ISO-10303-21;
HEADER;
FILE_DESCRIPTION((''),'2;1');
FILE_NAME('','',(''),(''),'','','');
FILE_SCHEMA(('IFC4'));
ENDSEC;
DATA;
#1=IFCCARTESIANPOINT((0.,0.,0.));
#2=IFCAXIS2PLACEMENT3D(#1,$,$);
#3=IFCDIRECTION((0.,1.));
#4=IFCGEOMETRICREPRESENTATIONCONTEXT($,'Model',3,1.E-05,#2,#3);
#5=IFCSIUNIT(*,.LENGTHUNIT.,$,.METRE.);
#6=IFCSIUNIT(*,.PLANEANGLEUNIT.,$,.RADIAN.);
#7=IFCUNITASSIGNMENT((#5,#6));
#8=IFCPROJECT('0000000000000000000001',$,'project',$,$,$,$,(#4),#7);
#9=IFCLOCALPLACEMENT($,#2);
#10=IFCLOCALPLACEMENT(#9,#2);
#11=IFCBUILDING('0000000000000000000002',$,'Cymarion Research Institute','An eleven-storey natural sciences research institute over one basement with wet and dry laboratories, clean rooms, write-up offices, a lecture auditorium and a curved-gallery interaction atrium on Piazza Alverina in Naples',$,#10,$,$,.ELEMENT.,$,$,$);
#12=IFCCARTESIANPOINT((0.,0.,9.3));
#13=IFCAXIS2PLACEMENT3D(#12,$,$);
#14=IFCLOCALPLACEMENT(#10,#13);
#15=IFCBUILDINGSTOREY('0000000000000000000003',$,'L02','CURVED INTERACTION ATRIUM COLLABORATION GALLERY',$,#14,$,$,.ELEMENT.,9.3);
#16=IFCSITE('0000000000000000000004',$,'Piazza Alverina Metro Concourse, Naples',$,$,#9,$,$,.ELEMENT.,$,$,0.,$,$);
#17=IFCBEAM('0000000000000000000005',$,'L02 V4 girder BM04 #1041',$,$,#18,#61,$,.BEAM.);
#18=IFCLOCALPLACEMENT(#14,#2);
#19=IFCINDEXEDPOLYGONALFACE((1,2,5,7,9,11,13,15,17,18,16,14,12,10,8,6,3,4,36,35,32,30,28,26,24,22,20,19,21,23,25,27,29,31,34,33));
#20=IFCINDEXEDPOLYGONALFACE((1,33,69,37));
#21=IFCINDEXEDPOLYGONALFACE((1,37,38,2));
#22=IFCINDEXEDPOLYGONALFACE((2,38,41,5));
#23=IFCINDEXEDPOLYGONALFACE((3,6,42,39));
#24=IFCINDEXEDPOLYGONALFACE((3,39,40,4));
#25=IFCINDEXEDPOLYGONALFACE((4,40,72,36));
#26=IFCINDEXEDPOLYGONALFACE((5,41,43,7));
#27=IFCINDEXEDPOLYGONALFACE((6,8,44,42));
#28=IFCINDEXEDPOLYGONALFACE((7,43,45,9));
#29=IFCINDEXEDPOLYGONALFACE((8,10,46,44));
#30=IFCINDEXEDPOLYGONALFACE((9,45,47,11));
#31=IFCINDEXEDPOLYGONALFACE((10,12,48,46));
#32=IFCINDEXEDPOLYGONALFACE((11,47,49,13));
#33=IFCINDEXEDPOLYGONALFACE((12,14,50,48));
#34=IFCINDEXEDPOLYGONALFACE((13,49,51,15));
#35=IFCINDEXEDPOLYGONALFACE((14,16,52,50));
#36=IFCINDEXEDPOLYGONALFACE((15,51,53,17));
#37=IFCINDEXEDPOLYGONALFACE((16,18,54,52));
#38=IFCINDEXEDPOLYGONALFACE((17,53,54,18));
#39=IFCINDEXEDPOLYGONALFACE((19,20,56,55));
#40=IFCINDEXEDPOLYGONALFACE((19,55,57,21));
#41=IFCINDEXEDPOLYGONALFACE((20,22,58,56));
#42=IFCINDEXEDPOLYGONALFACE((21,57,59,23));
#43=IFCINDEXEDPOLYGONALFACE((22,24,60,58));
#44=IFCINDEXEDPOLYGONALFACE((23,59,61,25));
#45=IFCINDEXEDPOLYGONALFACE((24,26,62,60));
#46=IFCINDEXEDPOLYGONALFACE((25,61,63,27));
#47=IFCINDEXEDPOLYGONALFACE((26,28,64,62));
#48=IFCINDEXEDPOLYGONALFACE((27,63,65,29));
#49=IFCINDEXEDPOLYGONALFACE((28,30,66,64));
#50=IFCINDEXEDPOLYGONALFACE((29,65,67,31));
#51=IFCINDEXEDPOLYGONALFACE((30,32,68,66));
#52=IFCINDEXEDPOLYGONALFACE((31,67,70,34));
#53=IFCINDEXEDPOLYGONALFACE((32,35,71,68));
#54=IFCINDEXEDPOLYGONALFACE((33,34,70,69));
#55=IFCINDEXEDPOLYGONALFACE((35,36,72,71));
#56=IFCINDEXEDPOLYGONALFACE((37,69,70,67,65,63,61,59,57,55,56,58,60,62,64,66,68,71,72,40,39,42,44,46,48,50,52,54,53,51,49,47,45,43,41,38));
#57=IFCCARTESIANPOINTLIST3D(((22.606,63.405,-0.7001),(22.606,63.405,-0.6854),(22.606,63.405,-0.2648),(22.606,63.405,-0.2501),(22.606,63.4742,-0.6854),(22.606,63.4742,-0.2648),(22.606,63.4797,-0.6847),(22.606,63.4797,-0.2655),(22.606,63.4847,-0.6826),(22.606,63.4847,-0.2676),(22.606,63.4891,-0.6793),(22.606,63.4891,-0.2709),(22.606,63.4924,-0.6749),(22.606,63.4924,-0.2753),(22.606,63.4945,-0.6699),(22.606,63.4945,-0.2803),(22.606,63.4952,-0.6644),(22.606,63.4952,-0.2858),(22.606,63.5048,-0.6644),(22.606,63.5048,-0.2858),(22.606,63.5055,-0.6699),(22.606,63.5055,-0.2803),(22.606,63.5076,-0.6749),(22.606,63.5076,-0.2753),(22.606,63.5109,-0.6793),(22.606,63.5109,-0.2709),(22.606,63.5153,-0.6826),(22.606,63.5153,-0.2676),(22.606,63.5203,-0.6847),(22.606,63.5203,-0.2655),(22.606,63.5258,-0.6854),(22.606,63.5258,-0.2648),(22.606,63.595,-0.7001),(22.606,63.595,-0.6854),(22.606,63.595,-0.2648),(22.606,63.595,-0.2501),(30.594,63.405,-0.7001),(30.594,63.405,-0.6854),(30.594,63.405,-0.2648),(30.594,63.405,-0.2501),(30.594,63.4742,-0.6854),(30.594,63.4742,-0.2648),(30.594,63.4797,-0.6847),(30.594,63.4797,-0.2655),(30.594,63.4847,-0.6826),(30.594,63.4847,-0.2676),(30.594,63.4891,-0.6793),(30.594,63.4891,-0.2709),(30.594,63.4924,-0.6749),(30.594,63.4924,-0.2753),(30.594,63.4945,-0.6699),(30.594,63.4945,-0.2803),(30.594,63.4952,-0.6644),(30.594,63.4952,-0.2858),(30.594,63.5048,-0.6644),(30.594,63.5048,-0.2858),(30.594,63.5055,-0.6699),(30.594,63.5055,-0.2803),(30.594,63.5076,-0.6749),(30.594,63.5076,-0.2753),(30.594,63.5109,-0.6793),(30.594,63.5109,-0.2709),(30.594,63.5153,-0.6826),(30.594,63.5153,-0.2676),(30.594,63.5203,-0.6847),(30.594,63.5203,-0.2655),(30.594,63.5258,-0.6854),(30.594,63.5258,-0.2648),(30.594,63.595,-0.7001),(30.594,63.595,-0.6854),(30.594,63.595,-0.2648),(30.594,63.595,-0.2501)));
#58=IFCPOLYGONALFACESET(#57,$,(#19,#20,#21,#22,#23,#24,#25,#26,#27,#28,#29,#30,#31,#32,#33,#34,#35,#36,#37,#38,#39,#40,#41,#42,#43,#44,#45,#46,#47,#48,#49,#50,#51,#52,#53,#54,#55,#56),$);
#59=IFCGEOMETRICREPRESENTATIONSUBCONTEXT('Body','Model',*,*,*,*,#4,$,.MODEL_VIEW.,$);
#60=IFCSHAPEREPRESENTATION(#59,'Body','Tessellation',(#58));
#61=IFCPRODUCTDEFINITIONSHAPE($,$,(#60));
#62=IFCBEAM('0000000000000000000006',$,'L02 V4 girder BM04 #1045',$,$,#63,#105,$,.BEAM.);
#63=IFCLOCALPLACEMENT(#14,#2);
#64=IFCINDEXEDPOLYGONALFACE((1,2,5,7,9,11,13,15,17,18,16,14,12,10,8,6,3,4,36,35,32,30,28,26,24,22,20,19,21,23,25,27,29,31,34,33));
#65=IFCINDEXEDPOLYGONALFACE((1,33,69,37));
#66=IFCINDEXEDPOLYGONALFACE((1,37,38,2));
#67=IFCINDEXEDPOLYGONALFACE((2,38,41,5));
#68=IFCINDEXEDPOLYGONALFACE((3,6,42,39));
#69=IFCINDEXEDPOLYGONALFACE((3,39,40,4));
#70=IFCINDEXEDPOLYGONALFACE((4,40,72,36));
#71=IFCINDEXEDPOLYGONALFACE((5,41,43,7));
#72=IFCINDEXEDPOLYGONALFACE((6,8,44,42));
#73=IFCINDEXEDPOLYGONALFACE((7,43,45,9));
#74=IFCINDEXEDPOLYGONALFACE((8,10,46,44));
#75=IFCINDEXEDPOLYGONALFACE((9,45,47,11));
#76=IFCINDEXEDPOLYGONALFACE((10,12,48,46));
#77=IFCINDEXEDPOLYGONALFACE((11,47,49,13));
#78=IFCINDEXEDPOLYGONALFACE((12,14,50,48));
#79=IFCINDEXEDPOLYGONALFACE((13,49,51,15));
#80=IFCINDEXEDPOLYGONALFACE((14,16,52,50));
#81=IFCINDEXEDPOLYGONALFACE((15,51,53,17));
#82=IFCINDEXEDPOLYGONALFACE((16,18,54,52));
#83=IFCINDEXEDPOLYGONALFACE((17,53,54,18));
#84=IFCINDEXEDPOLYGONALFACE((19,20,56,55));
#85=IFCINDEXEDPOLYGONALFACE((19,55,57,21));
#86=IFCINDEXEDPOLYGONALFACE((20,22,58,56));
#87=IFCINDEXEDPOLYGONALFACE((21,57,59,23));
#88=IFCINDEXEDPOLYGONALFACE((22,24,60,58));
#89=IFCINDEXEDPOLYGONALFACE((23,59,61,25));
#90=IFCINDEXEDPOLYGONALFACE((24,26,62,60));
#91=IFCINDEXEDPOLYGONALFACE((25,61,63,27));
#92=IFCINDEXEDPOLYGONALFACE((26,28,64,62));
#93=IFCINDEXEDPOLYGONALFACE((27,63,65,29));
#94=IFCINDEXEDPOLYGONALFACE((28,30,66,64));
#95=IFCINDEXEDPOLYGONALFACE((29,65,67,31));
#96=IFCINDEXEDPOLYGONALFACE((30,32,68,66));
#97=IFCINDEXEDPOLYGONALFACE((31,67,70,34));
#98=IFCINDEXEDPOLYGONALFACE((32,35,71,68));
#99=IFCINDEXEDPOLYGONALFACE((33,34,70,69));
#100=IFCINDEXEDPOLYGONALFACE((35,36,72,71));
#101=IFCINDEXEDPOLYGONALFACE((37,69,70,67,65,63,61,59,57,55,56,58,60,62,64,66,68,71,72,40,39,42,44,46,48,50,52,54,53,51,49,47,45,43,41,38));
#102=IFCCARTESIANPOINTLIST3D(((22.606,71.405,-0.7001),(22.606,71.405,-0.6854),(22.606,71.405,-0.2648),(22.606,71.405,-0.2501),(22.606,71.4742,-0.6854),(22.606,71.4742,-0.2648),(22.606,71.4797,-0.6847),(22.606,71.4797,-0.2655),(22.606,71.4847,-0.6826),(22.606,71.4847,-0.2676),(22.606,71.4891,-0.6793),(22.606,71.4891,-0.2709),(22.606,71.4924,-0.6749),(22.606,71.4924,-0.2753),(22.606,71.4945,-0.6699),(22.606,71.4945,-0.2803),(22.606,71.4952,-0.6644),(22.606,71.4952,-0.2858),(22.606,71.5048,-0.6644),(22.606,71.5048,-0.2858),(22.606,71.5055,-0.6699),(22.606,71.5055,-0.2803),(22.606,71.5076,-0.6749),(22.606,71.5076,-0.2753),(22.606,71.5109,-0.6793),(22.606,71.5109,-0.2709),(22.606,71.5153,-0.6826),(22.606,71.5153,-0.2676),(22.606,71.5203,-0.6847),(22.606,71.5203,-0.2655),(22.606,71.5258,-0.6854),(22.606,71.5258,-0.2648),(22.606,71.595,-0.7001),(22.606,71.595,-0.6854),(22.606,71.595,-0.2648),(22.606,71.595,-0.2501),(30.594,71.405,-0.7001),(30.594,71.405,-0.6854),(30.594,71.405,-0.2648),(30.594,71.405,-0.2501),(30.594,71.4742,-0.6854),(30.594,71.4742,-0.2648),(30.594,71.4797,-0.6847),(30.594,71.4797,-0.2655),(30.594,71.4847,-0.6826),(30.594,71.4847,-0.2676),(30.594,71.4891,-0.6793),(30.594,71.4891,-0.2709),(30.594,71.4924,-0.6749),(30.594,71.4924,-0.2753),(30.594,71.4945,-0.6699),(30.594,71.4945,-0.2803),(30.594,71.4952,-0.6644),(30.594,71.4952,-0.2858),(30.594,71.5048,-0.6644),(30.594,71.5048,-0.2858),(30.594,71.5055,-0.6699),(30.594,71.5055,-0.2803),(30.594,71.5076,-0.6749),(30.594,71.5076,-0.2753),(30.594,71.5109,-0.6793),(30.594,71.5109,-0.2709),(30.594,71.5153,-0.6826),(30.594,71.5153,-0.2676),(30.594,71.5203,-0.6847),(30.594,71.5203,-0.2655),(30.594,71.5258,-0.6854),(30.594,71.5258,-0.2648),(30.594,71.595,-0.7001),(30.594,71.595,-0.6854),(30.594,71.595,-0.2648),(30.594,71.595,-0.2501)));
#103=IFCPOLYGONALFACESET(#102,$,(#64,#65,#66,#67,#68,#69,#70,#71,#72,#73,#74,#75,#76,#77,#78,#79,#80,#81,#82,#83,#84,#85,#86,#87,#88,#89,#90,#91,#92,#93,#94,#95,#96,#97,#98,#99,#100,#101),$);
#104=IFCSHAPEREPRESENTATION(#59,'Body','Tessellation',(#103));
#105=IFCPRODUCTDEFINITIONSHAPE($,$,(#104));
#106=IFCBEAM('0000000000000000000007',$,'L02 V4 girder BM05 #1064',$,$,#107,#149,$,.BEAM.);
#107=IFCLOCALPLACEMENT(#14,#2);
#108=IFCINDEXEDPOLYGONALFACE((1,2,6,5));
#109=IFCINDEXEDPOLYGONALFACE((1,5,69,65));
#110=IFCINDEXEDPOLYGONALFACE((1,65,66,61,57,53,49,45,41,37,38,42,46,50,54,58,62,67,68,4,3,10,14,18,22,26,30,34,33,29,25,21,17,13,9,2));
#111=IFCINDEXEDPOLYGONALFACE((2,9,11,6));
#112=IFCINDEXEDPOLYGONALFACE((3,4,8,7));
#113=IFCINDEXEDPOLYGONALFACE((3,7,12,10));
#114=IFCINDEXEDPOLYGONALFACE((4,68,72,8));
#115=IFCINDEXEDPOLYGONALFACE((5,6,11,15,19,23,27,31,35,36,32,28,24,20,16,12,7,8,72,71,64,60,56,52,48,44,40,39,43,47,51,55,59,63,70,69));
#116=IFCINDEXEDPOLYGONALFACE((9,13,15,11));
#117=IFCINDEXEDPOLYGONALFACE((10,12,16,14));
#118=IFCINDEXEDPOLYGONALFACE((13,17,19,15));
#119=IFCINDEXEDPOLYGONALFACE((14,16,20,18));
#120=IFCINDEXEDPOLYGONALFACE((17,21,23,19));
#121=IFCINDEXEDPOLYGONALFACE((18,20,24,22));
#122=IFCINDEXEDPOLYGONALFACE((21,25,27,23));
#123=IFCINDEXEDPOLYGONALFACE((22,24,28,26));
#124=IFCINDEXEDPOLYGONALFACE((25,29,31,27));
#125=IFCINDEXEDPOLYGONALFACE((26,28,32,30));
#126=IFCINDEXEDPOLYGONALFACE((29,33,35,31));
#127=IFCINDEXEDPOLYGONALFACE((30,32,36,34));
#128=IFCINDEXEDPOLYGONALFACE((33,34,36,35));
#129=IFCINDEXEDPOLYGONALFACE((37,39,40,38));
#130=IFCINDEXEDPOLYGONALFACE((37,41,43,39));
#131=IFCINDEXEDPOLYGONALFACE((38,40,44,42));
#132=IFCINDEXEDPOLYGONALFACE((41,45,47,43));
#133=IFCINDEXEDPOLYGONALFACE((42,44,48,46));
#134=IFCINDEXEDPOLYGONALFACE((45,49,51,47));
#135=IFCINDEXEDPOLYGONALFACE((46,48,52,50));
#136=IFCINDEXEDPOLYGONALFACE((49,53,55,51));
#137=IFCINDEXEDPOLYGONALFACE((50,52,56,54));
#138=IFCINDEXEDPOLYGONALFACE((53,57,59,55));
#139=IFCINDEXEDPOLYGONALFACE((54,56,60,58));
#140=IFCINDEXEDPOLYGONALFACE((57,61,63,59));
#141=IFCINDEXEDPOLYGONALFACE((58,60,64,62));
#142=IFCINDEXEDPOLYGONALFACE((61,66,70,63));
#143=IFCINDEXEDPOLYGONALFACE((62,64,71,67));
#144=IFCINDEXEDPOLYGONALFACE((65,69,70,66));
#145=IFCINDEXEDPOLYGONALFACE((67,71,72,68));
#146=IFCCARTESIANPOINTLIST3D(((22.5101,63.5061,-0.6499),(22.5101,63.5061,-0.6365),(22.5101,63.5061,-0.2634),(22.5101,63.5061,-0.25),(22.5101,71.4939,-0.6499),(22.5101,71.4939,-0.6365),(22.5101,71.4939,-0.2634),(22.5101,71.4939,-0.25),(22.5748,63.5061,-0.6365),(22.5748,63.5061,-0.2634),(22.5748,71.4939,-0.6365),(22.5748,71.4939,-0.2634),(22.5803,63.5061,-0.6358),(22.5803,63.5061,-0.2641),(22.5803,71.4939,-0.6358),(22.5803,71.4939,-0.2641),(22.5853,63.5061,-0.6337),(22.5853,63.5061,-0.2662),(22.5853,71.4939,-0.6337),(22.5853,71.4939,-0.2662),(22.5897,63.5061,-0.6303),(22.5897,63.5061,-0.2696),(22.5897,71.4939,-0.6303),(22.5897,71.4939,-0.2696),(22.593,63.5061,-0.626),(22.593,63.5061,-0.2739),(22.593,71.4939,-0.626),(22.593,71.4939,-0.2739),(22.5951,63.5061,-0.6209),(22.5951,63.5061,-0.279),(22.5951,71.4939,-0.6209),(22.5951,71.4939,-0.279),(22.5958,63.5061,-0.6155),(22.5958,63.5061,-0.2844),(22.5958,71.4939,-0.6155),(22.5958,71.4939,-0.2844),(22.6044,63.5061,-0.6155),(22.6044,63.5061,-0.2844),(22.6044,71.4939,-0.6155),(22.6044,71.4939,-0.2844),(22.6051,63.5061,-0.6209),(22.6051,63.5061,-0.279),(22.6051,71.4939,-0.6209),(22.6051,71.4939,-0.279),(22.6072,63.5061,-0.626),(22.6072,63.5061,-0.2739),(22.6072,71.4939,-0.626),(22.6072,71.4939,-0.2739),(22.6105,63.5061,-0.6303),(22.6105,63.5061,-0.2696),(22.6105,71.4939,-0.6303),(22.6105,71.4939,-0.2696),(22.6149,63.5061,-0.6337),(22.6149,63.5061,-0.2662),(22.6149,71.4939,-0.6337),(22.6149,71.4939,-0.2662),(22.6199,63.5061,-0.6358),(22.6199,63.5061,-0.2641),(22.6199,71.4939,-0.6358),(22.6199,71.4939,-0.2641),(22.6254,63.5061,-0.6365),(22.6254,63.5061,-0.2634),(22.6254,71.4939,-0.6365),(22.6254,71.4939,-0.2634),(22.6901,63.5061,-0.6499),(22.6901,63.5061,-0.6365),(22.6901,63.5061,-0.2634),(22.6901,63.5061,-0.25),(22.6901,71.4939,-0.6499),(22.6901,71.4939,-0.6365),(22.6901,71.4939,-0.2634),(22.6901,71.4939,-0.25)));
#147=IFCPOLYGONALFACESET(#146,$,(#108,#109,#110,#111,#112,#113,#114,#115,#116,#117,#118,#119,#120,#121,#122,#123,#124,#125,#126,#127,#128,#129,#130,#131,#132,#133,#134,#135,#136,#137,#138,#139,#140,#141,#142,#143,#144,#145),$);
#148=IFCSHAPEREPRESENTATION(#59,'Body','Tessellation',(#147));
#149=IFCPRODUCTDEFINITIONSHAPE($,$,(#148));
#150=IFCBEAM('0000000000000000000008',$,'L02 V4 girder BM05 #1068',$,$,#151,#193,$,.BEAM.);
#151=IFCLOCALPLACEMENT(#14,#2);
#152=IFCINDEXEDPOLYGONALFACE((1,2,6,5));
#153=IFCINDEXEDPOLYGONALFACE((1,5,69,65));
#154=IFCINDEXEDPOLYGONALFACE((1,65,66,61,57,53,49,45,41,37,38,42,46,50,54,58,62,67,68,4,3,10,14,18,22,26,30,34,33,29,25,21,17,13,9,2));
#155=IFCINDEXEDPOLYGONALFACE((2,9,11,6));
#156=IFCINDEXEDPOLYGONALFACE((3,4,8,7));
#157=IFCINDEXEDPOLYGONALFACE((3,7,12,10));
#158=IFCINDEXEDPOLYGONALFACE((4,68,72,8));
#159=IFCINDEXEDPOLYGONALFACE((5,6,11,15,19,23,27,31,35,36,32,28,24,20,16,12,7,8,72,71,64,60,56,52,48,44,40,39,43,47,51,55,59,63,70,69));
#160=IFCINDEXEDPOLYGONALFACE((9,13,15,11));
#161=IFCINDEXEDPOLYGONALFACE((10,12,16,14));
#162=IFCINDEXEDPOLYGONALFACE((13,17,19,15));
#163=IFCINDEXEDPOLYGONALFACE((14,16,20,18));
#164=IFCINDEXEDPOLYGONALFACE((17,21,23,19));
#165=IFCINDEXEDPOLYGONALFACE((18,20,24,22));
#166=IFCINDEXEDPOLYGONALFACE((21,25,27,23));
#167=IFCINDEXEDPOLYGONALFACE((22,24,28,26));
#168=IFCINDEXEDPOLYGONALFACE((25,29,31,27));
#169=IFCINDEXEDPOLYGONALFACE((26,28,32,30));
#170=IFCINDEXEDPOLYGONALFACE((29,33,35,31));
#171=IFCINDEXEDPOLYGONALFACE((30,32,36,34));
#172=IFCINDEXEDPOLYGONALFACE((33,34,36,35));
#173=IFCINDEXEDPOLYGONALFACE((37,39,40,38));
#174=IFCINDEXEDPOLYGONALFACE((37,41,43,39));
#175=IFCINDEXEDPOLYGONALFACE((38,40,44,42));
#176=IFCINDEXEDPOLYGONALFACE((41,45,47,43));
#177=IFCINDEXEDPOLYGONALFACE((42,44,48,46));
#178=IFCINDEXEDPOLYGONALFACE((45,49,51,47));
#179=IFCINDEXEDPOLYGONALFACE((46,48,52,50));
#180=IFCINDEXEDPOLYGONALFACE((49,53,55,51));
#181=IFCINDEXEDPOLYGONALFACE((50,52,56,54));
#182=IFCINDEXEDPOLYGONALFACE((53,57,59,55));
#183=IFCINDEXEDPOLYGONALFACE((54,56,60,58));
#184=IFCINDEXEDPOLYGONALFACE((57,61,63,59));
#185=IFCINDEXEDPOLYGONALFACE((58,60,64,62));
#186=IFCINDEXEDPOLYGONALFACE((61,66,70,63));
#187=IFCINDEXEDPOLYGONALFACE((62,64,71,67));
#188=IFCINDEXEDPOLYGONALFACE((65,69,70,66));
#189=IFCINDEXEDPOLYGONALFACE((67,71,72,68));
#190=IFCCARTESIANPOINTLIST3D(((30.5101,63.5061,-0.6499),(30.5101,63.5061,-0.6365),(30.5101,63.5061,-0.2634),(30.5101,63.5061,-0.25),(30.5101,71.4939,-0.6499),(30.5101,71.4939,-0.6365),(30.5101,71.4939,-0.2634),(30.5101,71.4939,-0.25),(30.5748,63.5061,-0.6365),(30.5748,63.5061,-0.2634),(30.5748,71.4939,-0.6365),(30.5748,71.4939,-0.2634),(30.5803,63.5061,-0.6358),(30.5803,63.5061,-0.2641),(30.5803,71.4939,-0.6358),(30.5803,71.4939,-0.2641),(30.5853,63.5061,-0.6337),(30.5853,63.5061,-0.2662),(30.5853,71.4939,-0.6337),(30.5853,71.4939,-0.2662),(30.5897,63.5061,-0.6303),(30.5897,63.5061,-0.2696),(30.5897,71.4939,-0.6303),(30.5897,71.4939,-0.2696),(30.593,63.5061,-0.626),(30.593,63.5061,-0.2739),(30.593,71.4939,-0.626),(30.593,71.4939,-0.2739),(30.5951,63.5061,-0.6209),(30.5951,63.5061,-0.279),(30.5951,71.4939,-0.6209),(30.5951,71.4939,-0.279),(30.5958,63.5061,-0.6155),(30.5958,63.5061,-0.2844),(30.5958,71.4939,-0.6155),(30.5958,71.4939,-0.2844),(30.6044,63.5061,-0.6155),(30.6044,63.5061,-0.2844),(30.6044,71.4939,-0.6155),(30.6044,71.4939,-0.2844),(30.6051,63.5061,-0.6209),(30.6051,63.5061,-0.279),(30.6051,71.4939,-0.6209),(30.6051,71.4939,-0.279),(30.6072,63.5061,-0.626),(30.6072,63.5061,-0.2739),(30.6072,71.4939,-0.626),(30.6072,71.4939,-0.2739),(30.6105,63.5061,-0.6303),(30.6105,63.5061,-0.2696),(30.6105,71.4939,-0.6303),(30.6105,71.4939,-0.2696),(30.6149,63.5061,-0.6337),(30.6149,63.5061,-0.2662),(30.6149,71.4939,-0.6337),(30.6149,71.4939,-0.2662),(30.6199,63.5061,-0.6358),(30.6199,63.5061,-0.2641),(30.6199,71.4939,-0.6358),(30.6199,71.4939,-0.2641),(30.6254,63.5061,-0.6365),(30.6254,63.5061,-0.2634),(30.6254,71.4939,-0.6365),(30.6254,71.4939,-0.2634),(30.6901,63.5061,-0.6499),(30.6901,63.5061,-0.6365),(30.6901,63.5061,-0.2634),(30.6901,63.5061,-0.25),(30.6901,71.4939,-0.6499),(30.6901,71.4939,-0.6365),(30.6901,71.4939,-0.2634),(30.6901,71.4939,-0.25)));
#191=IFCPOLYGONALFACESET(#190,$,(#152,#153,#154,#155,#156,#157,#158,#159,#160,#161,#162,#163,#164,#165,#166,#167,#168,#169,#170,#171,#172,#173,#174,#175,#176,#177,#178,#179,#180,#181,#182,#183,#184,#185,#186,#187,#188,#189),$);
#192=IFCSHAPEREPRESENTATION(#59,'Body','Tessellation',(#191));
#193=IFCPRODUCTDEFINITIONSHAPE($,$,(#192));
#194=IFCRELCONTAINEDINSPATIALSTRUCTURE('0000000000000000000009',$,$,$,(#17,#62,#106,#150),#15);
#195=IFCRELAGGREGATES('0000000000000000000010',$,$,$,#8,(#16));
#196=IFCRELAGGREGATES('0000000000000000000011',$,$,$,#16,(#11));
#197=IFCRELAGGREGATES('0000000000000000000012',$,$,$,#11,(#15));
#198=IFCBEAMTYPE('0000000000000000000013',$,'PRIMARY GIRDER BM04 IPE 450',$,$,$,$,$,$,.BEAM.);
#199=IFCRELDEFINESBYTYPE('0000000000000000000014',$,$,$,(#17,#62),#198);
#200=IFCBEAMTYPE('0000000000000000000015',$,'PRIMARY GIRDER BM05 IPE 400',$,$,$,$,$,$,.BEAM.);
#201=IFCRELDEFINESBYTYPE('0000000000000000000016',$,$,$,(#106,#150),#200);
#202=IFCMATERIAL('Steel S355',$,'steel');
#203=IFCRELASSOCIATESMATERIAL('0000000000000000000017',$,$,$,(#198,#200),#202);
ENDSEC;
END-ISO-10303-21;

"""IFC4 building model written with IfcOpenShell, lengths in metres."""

from ifc_helpers import new_model, si_unit, direction, frame, origin, origin_2d, place, context, subcontext, project, spatial, i_section, extrude, material, material_profile, profile_set, type_object, element, save


model = new_model("IFC4")

# Units and contexts
model_context = context("Model", 3, precision=1e-05, world=origin(), true_north=direction((0.0, 1.0)))
body_context = subcontext(model_context, "Body", "Model", "MODEL_VIEW")
ifc_project = project(units=[si_unit("LENGTHUNIT", "METRE"), si_unit("PLANEANGLEUNIT", "RADIAN")], contexts=[model_context])

# Site, building, storey
site_placement = place(None, origin())
site = spatial("IfcSite", under=ifc_project, at=site_placement, Name="Piazza Alverina Metro Concourse, Naples", CompositionType="ELEMENT", RefElevation=0.0)
building_placement = place(site_placement, origin())
building = spatial("IfcBuilding", under=site, at=building_placement, Name="Cymarion Research Institute", Description="An eleven-storey natural sciences research institute over one basement with wet and dry laboratories, clean rooms, write-up offices, a lecture auditorium and a curved-gallery interaction atrium on Piazza Alverina in Naples", CompositionType="ELEMENT")
storey_placement = place(building_placement, frame((0.0, 0.0, 9.3)))
storey = spatial("IfcBuildingStorey", under=building, at=storey_placement, Name="L02", Description="CURVED INTERACTION ATRIUM COLLABORATION GALLERY", CompositionType="ELEMENT", Elevation=9.3)

# Shared definitions
ifc_material_1 = material(Name="Steel S355", Category="steel")

# Beams
ifc_material_profile_1 = material_profile(ifc_material_1, i_section(OverallWidth=0.1899, OverallDepth=0.45, WebThickness=0.0095, FlangeThickness=0.0146, FilletRadius=0.021, at=origin_2d()), Name="IPE 450")
ifc_profile_set_1 = profile_set([ifc_material_profile_1], Name="Steel S355")
beam_type_1 = type_object("IfcBeamType", Name="PRIMARY GIRDER BM04 IPE 450", PredefinedType="BEAM", material=ifc_profile_set_1)
for number, where, z_axis, x_axis, name in (
    (1, (22.606, 63.5, -0.4751), (1.0, 0.0, 0.0), (0.0, 1.0, 0.0), "L02 V4 girder BM04 #1041"),
    (2, (22.606, 71.5, -0.4751), (1.0, 0.0, 0.0), (0.0, 1.0, 0.0), "L02 V4 girder BM04 #1045"),
):
    element("IfcBeam", number, at=place(storey_placement, frame(where, z_axis=z_axis, x_axis=x_axis)), inside=storey, type_object=beam_type_1, Name=name, PredefinedType="BEAM", context=body_context, shape_type="SweptSolid", body=[
        extrude(i_section(OverallWidth=0.1899, OverallDepth=0.45, WebThickness=0.0095, FlangeThickness=0.0146, FilletRadius=0.021, at=origin_2d()), origin(), (0.0, 0.0, 1.0), 7.988),
    ])
ifc_material_profile_2 = material_profile(ifc_material_1, i_section(OverallWidth=0.1799, OverallDepth=0.3999, WebThickness=0.0085, FlangeThickness=0.0134, FilletRadius=0.021, at=origin_2d()), Name="IPE 400")
ifc_profile_set_2 = profile_set([ifc_material_profile_2], Name="Steel S355")
beam_type_2 = type_object("IfcBeamType", Name="PRIMARY GIRDER BM05 IPE 400", PredefinedType="BEAM", material=ifc_profile_set_2)
for number, where, z_axis, x_axis, name in (
    (3, (22.6001, 63.5061, -0.45), (0.0, 1.0, 0.0), (-1.0, 0.0, 0.0), "L02 V4 girder BM05 #1064"),
    (4, (30.6001, 63.5061, -0.45), (0.0, 1.0, 0.0), (-1.0, 0.0, 0.0), "L02 V4 girder BM05 #1068"),
):
    element("IfcBeam", number, at=place(storey_placement, frame(where, z_axis=z_axis, x_axis=x_axis)), inside=storey, type_object=beam_type_2, Name=name, PredefinedType="BEAM", context=body_context, shape_type="SweptSolid", body=[
        extrude(i_section(OverallWidth=0.1799, OverallDepth=0.3999, WebThickness=0.0085, FlangeThickness=0.0134, FilletRadius=0.021, at=origin_2d()), origin(), (0.0, 0.0, 1.0), 7.9878),
    ])

save(model, "model.ifc")
